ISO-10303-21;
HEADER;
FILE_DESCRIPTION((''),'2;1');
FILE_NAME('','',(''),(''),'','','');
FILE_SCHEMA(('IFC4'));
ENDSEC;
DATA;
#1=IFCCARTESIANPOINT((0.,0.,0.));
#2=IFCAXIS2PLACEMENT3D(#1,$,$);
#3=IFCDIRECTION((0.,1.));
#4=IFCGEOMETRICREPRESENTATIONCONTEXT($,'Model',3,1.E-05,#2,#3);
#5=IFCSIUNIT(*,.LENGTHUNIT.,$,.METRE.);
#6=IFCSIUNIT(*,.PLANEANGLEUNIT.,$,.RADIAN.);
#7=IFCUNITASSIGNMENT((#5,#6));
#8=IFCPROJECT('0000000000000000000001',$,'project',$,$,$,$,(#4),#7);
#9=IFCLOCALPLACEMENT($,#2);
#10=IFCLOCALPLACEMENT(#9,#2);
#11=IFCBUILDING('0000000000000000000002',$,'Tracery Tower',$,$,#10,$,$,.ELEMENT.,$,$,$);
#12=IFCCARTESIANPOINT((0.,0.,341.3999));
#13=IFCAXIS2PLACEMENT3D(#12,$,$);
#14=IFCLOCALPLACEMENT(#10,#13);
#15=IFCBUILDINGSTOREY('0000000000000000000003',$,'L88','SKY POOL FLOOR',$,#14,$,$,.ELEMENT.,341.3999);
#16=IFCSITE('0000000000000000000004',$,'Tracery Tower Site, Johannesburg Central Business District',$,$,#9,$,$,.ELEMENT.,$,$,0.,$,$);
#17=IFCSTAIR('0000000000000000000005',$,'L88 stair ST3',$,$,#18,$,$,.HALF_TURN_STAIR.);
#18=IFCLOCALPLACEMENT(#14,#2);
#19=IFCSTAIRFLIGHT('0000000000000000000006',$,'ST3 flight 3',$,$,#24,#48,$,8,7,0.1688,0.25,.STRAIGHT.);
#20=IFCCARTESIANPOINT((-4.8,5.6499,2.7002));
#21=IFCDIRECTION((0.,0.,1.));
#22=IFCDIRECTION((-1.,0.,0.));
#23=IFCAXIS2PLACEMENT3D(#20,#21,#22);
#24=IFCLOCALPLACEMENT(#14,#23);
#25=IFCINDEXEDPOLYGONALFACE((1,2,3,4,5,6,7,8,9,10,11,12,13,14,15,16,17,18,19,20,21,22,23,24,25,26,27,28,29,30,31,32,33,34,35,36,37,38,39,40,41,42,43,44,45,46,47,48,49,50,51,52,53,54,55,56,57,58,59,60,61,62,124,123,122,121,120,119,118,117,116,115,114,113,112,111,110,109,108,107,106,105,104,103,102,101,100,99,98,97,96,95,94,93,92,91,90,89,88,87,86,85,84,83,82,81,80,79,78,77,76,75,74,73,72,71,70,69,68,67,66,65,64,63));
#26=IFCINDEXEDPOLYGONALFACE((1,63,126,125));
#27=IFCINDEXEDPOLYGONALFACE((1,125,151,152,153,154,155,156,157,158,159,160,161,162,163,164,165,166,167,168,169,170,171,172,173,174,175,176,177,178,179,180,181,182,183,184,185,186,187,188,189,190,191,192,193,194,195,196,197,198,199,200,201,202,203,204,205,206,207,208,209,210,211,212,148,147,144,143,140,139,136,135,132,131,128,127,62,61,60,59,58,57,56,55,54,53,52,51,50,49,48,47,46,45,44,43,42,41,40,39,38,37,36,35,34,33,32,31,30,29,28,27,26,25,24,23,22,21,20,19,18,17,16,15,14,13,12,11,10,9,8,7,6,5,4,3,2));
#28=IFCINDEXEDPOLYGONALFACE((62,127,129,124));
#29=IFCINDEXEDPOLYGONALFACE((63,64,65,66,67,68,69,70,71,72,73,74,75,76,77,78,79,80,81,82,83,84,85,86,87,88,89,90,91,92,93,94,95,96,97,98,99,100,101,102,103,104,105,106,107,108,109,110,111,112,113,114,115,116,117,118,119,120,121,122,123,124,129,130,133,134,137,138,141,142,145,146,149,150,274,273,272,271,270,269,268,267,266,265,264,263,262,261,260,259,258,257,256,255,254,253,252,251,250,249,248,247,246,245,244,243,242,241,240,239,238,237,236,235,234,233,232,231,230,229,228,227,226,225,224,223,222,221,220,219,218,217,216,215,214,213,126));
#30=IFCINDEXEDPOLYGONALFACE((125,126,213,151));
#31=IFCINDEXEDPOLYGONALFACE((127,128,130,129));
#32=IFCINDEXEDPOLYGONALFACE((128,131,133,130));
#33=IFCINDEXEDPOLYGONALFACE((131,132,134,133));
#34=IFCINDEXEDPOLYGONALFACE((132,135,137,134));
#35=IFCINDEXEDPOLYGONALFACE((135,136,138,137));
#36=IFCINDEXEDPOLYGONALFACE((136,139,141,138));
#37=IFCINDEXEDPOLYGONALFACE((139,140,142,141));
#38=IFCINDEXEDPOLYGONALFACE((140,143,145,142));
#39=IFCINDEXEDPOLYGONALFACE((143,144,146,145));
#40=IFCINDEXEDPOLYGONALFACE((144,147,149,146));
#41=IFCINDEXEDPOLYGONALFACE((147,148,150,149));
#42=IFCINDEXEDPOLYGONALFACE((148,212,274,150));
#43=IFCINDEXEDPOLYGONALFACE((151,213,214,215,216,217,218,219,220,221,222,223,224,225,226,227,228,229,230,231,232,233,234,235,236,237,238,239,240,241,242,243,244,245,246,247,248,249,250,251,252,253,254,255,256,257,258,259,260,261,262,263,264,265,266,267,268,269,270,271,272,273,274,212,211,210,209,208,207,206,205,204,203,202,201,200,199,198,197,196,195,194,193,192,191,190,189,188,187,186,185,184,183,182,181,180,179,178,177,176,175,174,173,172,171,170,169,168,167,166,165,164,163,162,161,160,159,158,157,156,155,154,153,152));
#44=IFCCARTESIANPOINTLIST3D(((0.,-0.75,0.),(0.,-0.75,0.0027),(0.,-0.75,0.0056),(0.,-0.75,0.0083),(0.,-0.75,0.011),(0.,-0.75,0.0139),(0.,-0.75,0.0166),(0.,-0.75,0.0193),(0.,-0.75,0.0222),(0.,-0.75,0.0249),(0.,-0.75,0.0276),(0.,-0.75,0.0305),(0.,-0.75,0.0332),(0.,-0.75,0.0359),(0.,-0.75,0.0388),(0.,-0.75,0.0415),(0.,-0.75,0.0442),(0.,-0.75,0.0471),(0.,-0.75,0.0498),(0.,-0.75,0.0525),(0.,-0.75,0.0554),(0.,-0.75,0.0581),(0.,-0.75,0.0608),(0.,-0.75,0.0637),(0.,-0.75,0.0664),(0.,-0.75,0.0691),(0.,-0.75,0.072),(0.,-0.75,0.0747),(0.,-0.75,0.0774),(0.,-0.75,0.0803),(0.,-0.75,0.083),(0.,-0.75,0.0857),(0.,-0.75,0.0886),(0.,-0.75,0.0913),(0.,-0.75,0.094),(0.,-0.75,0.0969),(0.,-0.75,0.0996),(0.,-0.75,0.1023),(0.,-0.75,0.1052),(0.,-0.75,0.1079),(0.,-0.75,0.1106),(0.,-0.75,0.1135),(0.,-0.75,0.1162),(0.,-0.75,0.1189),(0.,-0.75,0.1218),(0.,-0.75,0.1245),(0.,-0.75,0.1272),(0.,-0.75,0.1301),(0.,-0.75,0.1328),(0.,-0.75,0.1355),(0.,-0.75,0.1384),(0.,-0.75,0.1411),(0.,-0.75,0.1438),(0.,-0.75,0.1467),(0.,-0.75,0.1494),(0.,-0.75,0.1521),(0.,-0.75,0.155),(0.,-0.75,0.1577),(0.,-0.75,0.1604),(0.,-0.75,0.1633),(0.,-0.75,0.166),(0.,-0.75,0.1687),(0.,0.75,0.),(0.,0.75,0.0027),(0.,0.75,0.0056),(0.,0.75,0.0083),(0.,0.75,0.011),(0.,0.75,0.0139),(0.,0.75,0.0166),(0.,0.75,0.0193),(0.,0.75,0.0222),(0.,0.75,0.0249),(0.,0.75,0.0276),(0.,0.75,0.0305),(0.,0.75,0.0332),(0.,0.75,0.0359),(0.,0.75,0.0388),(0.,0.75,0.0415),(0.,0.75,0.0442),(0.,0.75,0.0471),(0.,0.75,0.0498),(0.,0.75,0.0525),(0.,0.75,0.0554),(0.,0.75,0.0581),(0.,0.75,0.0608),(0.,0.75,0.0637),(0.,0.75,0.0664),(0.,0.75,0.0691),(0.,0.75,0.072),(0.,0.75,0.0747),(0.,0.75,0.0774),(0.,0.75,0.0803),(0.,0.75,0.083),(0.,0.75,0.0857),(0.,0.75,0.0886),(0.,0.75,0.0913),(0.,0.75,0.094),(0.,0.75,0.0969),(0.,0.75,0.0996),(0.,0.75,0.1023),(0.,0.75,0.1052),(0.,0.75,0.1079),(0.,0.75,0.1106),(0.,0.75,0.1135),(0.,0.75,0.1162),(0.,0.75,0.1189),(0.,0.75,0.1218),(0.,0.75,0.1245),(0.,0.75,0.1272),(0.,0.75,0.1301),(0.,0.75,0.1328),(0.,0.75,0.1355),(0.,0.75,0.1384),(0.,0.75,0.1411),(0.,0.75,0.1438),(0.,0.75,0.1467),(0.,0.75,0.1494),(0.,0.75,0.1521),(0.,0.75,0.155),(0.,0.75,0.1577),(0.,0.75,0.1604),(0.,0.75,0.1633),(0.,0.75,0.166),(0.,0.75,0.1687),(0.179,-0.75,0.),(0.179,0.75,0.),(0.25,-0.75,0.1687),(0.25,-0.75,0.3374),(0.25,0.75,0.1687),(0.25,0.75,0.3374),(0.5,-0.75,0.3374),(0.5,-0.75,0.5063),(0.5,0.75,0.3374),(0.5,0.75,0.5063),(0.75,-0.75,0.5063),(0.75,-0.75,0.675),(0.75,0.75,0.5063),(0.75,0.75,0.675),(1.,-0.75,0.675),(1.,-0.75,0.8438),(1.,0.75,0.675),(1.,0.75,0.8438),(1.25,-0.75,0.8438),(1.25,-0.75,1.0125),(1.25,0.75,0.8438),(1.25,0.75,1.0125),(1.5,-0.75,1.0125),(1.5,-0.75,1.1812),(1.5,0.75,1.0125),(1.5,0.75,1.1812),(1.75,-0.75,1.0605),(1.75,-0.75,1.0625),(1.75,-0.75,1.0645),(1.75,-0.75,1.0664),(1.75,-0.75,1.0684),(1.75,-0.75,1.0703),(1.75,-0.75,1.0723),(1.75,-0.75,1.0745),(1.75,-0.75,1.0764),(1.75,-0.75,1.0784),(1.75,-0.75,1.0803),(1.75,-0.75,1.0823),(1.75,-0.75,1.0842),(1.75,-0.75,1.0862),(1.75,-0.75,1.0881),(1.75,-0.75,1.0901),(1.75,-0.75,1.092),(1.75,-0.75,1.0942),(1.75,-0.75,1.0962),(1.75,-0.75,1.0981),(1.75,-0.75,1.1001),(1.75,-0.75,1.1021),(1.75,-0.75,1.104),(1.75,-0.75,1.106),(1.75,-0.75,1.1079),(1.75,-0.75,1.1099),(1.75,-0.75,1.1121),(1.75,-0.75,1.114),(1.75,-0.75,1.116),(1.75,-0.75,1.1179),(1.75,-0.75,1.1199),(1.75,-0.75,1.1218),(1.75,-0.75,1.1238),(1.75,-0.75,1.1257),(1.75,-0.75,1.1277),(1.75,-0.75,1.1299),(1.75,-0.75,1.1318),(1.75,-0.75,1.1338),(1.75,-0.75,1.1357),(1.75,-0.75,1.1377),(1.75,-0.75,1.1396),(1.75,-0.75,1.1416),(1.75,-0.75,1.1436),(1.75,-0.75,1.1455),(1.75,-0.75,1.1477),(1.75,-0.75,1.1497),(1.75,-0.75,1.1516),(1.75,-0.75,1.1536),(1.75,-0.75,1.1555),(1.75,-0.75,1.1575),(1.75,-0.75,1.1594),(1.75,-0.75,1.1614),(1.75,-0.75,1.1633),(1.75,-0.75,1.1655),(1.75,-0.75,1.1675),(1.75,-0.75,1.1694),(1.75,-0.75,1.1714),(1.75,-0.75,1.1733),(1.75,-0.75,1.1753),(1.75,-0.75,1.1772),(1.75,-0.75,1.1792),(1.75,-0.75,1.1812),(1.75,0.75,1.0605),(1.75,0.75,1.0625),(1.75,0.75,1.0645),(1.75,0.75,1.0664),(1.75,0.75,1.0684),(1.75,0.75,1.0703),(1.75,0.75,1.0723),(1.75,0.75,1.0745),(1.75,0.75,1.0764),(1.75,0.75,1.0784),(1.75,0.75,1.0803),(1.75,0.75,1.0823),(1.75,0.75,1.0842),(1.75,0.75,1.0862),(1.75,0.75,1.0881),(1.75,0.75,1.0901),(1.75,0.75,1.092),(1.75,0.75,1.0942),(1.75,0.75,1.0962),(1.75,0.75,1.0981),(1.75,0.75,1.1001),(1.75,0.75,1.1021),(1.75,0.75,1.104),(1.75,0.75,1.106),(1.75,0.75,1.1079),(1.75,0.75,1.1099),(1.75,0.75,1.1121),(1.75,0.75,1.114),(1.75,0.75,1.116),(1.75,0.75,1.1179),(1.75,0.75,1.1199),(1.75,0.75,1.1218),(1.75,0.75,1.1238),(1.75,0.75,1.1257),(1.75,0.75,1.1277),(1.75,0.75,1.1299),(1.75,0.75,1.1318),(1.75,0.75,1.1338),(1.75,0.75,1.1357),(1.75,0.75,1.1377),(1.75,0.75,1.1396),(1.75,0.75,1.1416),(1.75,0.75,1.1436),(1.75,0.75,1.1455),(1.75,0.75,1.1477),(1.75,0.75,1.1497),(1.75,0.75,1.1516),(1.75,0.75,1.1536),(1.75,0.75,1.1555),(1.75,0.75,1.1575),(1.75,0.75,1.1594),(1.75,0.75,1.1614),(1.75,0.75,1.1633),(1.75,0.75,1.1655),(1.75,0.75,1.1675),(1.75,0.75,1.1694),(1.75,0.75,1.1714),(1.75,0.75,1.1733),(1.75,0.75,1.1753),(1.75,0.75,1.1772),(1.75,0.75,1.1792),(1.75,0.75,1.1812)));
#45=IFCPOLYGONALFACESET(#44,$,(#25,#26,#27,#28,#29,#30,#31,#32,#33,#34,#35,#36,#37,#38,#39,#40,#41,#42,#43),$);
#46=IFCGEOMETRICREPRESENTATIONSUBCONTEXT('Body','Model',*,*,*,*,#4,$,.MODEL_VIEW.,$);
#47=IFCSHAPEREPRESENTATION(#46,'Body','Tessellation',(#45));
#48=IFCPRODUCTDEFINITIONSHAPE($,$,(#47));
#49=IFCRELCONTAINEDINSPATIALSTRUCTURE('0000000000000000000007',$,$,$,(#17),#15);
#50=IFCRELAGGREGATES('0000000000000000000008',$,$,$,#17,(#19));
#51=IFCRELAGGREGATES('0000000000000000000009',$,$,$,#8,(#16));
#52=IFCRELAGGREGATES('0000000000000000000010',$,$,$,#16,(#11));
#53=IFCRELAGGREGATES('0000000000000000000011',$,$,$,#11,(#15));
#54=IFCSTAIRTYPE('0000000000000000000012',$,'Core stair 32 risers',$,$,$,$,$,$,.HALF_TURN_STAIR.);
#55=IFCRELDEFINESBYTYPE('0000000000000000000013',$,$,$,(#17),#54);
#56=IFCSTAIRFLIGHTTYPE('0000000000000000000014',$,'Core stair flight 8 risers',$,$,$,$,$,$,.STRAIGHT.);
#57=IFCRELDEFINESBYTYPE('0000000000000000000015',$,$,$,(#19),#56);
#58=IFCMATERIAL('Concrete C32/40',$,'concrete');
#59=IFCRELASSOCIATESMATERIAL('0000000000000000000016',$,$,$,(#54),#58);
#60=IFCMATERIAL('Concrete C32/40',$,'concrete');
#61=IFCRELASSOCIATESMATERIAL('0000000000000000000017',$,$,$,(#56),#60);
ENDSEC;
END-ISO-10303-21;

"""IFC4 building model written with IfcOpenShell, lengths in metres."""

from ifc_helpers import new_model, si_unit, direction, frame, origin, place, context, subcontext, project, spatial, polyline, outline, extrude, material, type_object, element, aggregate, save


model = new_model("IFC4")

# Units and contexts
model_context = context("Model", 3, precision=1e-05, world=origin(), true_north=direction((0.0, 1.0)))
body_context = subcontext(model_context, "Body", "Model", "MODEL_VIEW")
ifc_project = project(units=[si_unit("LENGTHUNIT", "METRE"), si_unit("PLANEANGLEUNIT", "RADIAN")], contexts=[model_context])

# Site, building, storey
site_placement = place(None, origin())
site = spatial("IfcSite", under=ifc_project, at=site_placement, Name="Tracery Tower Site, Johannesburg Central Business District", CompositionType="ELEMENT", RefElevation=0.0)
building_placement = place(site_placement, origin())
building = spatial("IfcBuilding", under=site, at=building_placement, Name="Tracery Tower", CompositionType="ELEMENT")
storey_placement = place(building_placement, frame((0.0, 0.0, 341.3999)))
storey = spatial("IfcBuildingStorey", under=building, at=storey_placement, Name="L88", Description="SKY POOL FLOOR", CompositionType="ELEMENT", Elevation=341.3999)

# Shared definitions
ifc_material_1 = material(Name="Concrete C32/40", Category="concrete")
stair_type = type_object("IfcStairType", Name="Core stair 32 risers", PredefinedType="HALF_TURN_STAIR", material=ifc_material_1)

# Stair, stair flight
stair_1_placement = place(storey_placement, origin())
stair_1 = element("IfcStair", 1, at=stair_1_placement, inside=storey, type_object=stair_type, Name="L88 stair ST3", PredefinedType="HALF_TURN_STAIR")
ifc_material_2 = material(Name="Concrete C32/40", Category="concrete")
stair_flight_type = type_object("IfcStairFlightType", Name="Core stair flight 8 risers", PredefinedType="STRAIGHT", material=ifc_material_2)
stair_flight_1_placement = place(storey_placement, frame((-4.8, 5.6499, 2.7002), z_axis=(0.0, 0.0, 1.0), x_axis=(-1.0, 0.0, 0.0)))
stair_flight_1 = element("IfcStairFlight", 2, at=stair_flight_1_placement, type_object=stair_flight_type, Name="ST3 flight 3", NumberOfRisers=8, NumberOfTreads=7, PredefinedType="STRAIGHT", RiserHeight=0.1688, TreadLength=0.25, context=body_context, shape_type="SweptSolid", body=[
    extrude(outline(polyline([(0.0, 0.0), (0.0, 0.0027), (0.0, 0.0056), (0.0, 0.0083), (0.0, 0.011), (0.0, 0.0139), (0.0, 0.0166), (0.0, 0.0193), (0.0, 0.0222), (0.0, 0.0249), (0.0, 0.0276), (0.0, 0.0305), (0.0, 0.0332), (0.0, 0.0359), (0.0, 0.0388), (0.0, 0.0415), (0.0, 0.0442), (0.0, 0.0471), (0.0, 0.0498), (0.0, 0.0525), (0.0, 0.0554), (0.0, 0.0581), (0.0, 0.0608), (0.0, 0.0637), (0.0, 0.0664), (0.0, 0.0691), (0.0, 0.072), (0.0, 0.0747), (0.0, 0.0774), (0.0, 0.0803), (0.0, 0.083), (0.0, 0.0857), (0.0, 0.0886), (0.0, 0.0913), (0.0, 0.094), (0.0, 0.0969), (0.0, 0.0996), (0.0, 0.1023), (0.0, 0.1052), (0.0, 0.1079), (0.0, 0.1106), (0.0, 0.1135), (0.0, 0.1162), (0.0, 0.1189), (0.0, 0.1218), (0.0, 0.1245), (0.0, 0.1272), (0.0, 0.1301), (0.0, 0.1328), (0.0, 0.1355), (0.0, 0.1384), (0.0, 0.1411), (0.0, 0.1438), (0.0, 0.1467), (0.0, 0.1494), (0.0, 0.1521), (0.0, 0.155), (0.0, 0.1577), (0.0, 0.1604), (0.0, 0.1633), (0.0, 0.166), (0.0, 0.1687), (0.25, 0.1687), (0.25, 0.3374), (0.5, 0.3374), (0.5, 0.5063), (0.75, 0.5063), (0.75, 0.675), (1.0, 0.675), (1.0, 0.8438), (1.25, 0.8438), (1.25, 1.0125), (1.5, 1.0125), (1.5, 1.1812), (1.75, 1.1812), (1.75, 1.1792), (1.75, 1.1772), (1.75, 1.1753), (1.75, 1.1733), (1.75, 1.1714), (1.75, 1.1694), (1.75, 1.1675), (1.75, 1.1655), (1.75, 1.1633), (1.75, 1.1614), (1.75, 1.1594), (1.75, 1.1575), (1.75, 1.1555), (1.75, 1.1536), (1.75, 1.1516), (1.75, 1.1497), (1.75, 1.1477), (1.75, 1.1455), (1.75, 1.1436), (1.75, 1.1416), (1.75, 1.1396), (1.75, 1.1377), (1.75, 1.1357), (1.75, 1.1338), (1.75, 1.1318), (1.75, 1.1299), (1.75, 1.1277), (1.75, 1.1257), (1.75, 1.1238), (1.75, 1.1218), (1.75, 1.1199), (1.75, 1.1179), (1.75, 1.116), (1.75, 1.114), (1.75, 1.1121), (1.75, 1.1099), (1.75, 1.1079), (1.75, 1.106), (1.75, 1.104), (1.75, 1.1021), (1.75, 1.1001), (1.75, 1.0981), (1.75, 1.0962), (1.75, 1.0942), (1.75, 1.092), (1.75, 1.0901), (1.75, 1.0881), (1.75, 1.0862), (1.75, 1.0842), (1.75, 1.0823), (1.75, 1.0803), (1.75, 1.0784), (1.75, 1.0764), (1.75, 1.0745), (1.75, 1.0723), (1.75, 1.0703), (1.75, 1.0684), (1.75, 1.0664), (1.75, 1.0645), (1.75, 1.0625), (1.75, 1.0605), (0.179, 0.0), (0.0, 0.0)])), frame((0.0, 0.75, 0.0), z_axis=(0.0, -1.0, 0.0), x_axis=(1.0, 0.0, 0.0)), (0.0, 0.0, 1.0), 1.5),
])
aggregate(stair_1, [stair_flight_1])

save(model, "model.ifc")
